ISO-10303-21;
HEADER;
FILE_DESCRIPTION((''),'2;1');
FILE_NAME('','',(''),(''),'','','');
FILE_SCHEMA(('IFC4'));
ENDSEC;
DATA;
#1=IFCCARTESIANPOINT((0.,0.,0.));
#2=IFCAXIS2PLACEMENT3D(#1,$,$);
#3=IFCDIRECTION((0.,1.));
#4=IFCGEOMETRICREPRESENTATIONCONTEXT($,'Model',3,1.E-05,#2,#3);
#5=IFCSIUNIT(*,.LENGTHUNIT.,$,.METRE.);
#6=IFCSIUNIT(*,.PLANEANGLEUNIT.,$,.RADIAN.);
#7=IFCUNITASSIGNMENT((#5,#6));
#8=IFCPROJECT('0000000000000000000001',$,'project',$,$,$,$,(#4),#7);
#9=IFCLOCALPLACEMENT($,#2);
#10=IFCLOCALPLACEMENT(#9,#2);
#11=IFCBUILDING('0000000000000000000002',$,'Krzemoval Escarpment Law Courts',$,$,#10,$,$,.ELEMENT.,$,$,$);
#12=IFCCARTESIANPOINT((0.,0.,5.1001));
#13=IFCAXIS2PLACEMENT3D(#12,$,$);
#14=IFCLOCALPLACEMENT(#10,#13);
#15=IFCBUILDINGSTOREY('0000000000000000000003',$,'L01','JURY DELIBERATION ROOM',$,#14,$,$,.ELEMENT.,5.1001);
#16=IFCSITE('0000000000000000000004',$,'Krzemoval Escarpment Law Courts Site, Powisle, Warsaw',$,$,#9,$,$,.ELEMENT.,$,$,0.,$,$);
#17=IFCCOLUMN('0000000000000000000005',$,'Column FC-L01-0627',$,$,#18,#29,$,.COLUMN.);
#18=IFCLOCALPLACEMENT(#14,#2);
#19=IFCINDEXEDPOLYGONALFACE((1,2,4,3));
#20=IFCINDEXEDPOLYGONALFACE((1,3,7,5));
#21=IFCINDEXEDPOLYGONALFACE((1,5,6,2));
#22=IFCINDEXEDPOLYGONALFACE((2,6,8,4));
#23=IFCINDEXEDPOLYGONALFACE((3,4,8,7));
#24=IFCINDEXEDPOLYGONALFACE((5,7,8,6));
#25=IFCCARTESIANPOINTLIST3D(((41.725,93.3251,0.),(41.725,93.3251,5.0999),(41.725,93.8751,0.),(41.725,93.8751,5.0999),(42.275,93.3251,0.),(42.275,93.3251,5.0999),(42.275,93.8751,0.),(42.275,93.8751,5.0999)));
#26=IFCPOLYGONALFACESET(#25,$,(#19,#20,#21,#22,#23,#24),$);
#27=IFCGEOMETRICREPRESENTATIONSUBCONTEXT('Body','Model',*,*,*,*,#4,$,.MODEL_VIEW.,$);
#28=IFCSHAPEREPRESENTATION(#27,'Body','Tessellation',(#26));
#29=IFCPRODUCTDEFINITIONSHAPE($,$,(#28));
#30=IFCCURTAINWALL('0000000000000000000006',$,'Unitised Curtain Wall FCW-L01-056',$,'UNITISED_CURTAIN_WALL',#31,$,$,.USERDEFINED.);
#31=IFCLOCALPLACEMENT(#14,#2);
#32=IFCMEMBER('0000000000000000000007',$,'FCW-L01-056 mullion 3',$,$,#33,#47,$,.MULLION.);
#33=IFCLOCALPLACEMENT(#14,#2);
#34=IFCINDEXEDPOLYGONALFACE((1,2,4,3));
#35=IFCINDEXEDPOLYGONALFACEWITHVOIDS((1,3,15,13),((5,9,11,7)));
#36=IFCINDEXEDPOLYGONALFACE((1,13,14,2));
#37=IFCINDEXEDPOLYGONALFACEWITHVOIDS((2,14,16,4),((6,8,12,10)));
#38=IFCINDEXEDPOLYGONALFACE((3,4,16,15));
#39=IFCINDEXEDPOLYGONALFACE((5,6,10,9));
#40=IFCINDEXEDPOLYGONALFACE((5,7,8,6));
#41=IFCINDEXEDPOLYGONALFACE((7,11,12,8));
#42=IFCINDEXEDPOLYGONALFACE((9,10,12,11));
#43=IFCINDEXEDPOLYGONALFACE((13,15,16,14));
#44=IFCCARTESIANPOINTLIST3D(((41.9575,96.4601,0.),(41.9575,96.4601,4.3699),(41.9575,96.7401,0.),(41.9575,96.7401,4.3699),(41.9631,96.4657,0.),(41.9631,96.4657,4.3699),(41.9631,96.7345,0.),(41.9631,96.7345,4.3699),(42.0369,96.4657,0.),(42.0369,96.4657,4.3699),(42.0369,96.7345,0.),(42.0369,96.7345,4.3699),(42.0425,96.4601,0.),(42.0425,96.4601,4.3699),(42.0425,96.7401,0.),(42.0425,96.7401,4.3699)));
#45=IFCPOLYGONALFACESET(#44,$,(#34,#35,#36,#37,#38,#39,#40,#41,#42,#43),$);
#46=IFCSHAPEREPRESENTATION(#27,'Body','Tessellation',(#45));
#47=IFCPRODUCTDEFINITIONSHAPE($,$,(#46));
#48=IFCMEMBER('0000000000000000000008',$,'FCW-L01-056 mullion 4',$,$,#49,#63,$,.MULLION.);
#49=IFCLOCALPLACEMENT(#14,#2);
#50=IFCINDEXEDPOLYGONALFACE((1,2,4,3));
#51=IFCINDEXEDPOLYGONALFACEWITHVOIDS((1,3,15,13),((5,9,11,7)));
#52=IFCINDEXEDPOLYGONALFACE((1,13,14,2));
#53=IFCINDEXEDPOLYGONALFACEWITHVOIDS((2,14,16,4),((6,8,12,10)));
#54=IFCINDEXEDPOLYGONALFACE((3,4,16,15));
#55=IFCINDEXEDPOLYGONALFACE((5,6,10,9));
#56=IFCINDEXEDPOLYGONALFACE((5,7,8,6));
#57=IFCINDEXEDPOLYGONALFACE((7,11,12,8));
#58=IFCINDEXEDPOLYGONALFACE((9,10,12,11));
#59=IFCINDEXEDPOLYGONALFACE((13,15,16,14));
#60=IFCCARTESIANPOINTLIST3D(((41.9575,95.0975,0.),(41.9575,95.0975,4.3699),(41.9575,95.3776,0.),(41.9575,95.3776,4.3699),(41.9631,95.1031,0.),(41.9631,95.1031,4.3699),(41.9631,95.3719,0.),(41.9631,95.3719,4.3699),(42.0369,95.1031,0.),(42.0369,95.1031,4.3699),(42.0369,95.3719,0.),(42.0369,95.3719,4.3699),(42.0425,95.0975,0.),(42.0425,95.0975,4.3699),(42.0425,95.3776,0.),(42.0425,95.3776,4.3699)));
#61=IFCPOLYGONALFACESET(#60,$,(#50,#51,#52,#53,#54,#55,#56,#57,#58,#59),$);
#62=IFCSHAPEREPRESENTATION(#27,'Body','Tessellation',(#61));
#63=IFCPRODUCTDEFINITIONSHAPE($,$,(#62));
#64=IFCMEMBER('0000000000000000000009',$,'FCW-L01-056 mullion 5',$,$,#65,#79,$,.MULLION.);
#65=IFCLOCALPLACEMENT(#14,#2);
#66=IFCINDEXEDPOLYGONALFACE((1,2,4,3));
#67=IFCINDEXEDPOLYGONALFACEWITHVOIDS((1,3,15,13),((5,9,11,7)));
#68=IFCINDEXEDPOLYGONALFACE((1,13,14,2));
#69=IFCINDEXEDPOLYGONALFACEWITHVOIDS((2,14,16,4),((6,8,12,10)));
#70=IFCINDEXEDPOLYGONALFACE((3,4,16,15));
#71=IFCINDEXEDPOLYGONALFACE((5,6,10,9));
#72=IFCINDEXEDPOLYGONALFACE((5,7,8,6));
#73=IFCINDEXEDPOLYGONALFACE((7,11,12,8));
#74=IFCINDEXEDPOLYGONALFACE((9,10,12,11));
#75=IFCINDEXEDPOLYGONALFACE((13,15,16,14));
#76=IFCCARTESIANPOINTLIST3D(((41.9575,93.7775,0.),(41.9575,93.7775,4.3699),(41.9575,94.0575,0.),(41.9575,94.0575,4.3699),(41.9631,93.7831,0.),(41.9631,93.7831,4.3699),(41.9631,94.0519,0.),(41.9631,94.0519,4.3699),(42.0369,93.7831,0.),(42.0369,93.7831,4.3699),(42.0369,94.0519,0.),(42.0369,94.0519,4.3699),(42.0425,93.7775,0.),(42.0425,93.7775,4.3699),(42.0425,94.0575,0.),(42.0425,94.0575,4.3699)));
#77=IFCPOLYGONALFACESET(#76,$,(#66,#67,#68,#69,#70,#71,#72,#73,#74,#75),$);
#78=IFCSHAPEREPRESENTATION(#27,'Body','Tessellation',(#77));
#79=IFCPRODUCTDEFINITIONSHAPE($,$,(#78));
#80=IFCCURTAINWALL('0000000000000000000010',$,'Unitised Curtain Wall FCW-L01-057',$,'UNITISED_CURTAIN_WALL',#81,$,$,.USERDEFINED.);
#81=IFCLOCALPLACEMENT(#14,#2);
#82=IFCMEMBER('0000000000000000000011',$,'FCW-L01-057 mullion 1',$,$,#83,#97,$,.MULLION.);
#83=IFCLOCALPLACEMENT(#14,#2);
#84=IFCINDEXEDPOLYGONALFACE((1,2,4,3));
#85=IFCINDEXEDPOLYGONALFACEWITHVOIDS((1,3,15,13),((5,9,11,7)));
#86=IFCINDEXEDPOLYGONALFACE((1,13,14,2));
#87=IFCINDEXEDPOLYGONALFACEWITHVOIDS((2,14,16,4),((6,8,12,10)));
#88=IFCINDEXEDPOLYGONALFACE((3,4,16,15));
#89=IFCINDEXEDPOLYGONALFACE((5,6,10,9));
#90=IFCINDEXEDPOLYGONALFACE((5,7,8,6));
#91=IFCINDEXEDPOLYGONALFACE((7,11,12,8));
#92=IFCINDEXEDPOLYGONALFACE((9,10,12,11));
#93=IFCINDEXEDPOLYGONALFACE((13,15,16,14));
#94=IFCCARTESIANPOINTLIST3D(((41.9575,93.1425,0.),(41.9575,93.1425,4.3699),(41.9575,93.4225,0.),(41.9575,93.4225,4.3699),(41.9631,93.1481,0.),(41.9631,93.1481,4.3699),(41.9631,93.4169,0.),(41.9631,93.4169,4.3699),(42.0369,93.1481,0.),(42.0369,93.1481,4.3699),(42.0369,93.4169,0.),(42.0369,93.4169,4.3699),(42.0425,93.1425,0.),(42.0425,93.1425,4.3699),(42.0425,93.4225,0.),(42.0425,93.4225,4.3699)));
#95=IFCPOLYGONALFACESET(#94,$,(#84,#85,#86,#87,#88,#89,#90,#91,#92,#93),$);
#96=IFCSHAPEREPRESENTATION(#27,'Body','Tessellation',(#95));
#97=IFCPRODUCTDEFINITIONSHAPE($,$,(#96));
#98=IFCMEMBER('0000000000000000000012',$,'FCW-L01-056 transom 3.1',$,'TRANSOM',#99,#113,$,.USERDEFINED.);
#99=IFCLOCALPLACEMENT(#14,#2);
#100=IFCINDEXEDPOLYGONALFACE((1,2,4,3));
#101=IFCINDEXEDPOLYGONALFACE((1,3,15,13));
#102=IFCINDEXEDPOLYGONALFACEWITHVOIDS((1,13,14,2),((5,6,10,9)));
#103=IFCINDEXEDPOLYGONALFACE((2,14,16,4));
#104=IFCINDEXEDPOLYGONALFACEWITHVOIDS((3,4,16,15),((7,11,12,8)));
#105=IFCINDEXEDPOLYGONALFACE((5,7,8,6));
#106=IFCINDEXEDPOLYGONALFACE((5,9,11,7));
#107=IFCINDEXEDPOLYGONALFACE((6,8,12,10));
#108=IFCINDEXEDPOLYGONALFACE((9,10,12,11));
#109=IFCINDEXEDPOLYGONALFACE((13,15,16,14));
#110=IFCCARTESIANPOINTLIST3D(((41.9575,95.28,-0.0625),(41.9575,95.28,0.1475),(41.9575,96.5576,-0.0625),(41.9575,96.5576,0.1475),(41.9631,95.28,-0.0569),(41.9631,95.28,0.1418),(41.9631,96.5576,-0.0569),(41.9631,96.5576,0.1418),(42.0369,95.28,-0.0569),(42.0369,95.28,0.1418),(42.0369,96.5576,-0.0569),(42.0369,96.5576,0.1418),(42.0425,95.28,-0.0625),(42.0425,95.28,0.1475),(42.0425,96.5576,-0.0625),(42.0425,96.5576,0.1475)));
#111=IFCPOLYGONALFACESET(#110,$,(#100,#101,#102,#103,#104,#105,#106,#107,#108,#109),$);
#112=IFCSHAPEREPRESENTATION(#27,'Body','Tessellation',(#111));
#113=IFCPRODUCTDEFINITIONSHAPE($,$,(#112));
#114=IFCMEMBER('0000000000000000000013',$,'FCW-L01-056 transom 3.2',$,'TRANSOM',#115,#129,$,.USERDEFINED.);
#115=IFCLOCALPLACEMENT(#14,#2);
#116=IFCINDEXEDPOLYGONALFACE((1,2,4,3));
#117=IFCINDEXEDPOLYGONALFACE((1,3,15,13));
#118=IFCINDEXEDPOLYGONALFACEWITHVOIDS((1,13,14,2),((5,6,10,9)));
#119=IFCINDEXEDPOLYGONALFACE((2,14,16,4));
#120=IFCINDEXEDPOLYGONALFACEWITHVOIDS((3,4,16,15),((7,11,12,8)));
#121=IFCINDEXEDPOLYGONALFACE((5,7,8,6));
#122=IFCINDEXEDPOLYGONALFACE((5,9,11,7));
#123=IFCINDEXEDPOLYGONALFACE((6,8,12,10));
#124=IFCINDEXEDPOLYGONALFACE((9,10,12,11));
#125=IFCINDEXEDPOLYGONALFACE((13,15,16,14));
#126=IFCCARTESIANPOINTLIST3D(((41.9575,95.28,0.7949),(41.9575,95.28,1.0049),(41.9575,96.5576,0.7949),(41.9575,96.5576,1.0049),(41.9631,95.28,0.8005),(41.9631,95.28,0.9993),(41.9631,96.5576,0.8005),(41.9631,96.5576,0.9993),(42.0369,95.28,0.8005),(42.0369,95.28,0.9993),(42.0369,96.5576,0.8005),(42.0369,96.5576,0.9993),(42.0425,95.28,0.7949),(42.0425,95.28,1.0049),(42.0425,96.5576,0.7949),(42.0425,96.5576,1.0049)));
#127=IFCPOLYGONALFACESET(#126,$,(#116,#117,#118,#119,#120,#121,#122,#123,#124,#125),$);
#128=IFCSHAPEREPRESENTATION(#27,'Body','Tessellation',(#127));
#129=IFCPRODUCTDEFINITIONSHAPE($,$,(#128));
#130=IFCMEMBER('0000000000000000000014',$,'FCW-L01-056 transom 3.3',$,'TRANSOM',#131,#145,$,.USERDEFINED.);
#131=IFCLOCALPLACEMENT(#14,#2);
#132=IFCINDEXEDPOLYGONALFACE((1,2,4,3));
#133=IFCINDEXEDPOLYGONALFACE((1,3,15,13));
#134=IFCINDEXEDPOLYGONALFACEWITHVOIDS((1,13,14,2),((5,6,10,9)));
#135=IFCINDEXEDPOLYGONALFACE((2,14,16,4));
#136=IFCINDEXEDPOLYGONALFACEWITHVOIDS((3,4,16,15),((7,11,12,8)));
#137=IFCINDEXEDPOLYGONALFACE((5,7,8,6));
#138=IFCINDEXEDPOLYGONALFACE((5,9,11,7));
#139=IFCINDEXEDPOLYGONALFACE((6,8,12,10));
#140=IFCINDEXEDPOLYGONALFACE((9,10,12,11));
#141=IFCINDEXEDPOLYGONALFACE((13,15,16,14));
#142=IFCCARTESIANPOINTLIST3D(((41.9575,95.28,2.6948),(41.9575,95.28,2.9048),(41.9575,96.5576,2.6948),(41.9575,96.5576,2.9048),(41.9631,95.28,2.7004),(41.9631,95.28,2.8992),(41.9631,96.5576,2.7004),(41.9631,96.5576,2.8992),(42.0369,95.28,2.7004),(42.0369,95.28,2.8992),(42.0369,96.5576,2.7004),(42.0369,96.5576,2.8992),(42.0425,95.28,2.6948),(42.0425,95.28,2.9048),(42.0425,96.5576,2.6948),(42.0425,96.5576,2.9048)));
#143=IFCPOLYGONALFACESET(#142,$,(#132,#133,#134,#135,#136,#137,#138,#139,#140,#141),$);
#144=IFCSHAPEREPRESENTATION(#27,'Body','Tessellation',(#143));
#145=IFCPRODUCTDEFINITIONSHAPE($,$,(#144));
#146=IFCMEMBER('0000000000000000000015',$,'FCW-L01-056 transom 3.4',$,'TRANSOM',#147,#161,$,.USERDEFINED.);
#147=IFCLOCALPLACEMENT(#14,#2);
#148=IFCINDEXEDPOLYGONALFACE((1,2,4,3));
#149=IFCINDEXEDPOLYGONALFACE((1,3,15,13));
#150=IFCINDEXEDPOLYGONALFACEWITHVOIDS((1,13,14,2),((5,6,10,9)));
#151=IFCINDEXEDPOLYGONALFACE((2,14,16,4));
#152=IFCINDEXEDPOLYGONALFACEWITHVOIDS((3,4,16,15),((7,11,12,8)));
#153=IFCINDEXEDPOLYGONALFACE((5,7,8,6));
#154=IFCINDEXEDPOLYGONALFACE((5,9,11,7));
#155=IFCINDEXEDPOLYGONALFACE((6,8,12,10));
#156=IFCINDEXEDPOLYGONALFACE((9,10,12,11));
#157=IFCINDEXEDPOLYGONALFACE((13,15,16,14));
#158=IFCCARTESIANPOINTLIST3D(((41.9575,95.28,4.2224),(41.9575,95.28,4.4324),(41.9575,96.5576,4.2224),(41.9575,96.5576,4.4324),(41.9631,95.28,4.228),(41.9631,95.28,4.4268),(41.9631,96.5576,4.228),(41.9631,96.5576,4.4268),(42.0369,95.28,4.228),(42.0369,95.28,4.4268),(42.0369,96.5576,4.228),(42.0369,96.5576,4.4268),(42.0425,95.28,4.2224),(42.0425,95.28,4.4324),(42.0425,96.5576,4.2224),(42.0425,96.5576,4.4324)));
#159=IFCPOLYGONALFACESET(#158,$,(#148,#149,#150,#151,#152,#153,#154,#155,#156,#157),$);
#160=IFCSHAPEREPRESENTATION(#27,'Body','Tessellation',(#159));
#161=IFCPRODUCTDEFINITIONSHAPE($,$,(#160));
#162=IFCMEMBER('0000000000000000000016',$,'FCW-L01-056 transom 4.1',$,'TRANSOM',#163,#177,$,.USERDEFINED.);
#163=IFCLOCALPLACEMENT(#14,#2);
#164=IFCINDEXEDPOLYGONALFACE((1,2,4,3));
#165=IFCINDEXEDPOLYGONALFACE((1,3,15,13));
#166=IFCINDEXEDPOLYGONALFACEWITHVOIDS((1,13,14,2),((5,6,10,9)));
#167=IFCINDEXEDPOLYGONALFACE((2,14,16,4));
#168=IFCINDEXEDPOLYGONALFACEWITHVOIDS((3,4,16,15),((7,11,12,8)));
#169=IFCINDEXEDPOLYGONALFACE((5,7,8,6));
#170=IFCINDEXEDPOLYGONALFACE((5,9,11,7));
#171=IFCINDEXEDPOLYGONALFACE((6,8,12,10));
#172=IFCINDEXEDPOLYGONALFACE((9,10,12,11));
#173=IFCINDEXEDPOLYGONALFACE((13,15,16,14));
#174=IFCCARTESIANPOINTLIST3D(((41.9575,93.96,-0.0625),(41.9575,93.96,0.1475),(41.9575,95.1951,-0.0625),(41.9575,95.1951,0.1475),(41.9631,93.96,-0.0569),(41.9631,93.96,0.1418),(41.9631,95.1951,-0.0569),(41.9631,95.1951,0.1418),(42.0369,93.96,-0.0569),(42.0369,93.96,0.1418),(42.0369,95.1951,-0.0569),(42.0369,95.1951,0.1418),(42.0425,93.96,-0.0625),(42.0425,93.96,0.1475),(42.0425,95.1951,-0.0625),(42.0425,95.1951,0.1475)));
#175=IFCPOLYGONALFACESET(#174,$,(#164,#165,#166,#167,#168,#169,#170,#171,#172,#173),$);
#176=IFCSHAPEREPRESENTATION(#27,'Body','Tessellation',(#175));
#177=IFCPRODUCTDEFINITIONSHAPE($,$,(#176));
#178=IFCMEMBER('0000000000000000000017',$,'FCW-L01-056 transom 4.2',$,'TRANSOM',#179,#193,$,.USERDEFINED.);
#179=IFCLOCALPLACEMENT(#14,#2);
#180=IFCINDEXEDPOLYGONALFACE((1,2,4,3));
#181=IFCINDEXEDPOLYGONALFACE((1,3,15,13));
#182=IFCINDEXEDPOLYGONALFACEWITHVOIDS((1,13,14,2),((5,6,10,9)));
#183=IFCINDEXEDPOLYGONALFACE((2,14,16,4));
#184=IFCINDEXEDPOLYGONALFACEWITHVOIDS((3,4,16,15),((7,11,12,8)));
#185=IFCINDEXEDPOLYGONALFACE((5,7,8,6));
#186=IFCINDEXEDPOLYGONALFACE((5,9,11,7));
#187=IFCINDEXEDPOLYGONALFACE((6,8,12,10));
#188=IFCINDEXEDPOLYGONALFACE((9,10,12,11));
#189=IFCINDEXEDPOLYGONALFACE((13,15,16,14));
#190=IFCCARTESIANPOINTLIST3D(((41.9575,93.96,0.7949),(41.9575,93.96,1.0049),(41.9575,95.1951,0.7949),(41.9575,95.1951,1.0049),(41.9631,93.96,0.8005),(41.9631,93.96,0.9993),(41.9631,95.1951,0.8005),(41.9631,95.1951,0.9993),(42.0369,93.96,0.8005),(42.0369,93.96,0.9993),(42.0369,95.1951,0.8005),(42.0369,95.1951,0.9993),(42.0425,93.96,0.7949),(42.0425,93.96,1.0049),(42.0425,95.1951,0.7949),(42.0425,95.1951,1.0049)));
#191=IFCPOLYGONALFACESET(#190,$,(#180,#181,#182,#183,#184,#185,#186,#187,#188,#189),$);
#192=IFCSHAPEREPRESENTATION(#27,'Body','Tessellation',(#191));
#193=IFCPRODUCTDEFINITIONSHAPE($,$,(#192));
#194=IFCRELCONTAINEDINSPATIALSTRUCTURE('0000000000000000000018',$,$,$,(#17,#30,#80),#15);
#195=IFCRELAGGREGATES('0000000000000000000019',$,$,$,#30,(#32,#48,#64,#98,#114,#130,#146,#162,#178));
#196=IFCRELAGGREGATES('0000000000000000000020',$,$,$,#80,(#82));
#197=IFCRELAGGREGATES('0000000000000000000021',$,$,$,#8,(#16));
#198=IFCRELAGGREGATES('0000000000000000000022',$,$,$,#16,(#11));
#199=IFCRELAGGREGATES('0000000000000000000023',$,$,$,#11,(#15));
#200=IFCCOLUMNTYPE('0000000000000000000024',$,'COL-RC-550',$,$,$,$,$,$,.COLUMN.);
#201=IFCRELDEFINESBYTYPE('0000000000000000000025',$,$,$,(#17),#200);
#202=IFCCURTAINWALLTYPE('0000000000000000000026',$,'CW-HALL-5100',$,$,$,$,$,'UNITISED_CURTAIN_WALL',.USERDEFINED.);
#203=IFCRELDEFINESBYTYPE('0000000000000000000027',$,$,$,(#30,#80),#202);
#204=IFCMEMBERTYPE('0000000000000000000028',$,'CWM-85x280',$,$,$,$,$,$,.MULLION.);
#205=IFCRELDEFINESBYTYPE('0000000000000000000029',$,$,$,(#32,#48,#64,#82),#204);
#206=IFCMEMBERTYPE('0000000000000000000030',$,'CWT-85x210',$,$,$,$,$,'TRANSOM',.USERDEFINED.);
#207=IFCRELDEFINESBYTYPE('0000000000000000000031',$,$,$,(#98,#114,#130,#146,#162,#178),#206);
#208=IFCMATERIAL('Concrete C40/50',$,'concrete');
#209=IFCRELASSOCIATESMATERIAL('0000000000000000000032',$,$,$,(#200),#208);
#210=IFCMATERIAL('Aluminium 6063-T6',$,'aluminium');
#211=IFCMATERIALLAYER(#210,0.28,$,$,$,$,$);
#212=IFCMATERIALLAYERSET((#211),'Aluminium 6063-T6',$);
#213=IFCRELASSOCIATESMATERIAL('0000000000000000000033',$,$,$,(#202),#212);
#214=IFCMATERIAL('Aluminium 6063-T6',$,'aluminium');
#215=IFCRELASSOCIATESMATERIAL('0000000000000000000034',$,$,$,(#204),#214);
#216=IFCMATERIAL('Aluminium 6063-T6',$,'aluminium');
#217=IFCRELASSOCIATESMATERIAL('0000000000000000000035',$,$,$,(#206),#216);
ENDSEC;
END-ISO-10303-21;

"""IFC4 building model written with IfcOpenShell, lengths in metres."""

from ifc_helpers import new_model, si_unit, direction, frame, origin, origin_2d, place, context, subcontext, project, spatial, rectangle, hollow_rectangle, extrude, material, layer, layer_set, material_profile, profile_set, type_object, element, aggregate, save


model = new_model("IFC4")

# Units and contexts
model_context = context("Model", 3, precision=1e-05, world=origin(), true_north=direction((0.0, 1.0)))
body_context = subcontext(model_context, "Body", "Model", "MODEL_VIEW")
ifc_project = project(units=[si_unit("LENGTHUNIT", "METRE"), si_unit("PLANEANGLEUNIT", "RADIAN")], contexts=[model_context])

# Site, building, storey
site_placement = place(None, origin())
site = spatial("IfcSite", under=ifc_project, at=site_placement, Name="Krzemoval Escarpment Law Courts Site, Powisle, Warsaw", CompositionType="ELEMENT", RefElevation=0.0)
building_placement = place(site_placement, origin())
building = spatial("IfcBuilding", under=site, at=building_placement, Name="Krzemoval Escarpment Law Courts", CompositionType="ELEMENT")
storey_placement = place(building_placement, frame((0.0, 0.0, 5.1001)))
storey = spatial("IfcBuildingStorey", under=building, at=storey_placement, Name="L01", Description="JURY DELIBERATION ROOM", CompositionType="ELEMENT", Elevation=5.1001)

# Column
ifc_material_1 = material(Name="Concrete C40/50", Category="concrete")
ifc_material_profile_1 = material_profile(ifc_material_1, rectangle(XDim=0.55, YDim=0.55, at=origin_2d()), Name="RC 550x550")
ifc_profile_set_1 = profile_set([ifc_material_profile_1], Name="Concrete C40/50")
column_type = type_object("IfcColumnType", Name="COL-RC-550", PredefinedType="COLUMN", material=ifc_profile_set_1)
column_placement = place(storey_placement, frame((42.0, 93.6001, 0.0), z_axis=(0.0, 0.0, 1.0), x_axis=(1.0, 0.0, 0.0)))
element("IfcColumn", 1, at=column_placement, inside=storey, type_object=column_type, Name="Column FC-L01-0627", PredefinedType="COLUMN", context=body_context, shape_type="SweptSolid", body=[
    extrude(rectangle(XDim=0.55, YDim=0.55, at=origin_2d()), origin(), (0.0, 0.0, 1.0), 5.0999),
])

# Curtain wall, members
ifc_material_2 = material(Name="Aluminium 6063-T6", Category="aluminium")
ifc_layer_1 = layer(ifc_material_2, 0.28)
ifc_layer_set_1 = layer_set([ifc_layer_1], Name="Aluminium 6063-T6")
curtain_wall_type = type_object("IfcCurtainWallType", Name="CW-HALL-5100", ElementType="UNITISED_CURTAIN_WALL", PredefinedType="USERDEFINED", material=ifc_layer_set_1)
curtain_wall_1_placement = place(storey_placement, origin())
curtain_wall_1 = element("IfcCurtainWall", 2, at=curtain_wall_1_placement, inside=storey, type_object=curtain_wall_type, Name="Unitised Curtain Wall FCW-L01-056", ObjectType="UNITISED_CURTAIN_WALL", PredefinedType="USERDEFINED")
ifc_material_3 = material(Name="Aluminium 6063-T6", Category="aluminium")
ifc_material_profile_2 = material_profile(ifc_material_3, hollow_rectangle(XDim=0.085, YDim=0.28, WallThickness=0.0056, at=origin_2d()), Name="ALU M85x280")
ifc_profile_set_2 = profile_set([ifc_material_profile_2], Name="Aluminium 6063-T6")
member_type_1 = type_object("IfcMemberType", Name="CWM-85x280", PredefinedType="MULLION", material=ifc_profile_set_2)
member_1_placement = place(storey_placement, frame((42.0, 96.6001, 0.0), z_axis=(0.0, 0.0, 1.0), x_axis=(1.0, 0.0, 0.0)))
member_1 = element("IfcMember", 3, at=member_1_placement, type_object=member_type_1, Name="FCW-L01-056 mullion 3", PredefinedType="MULLION", context=body_context, shape_type="SweptSolid", body=[
    extrude(hollow_rectangle(XDim=0.085, YDim=0.28, WallThickness=0.0056, at=origin_2d()), origin(), (0.0, 0.0, 1.0), 4.3699),
])
member_2_placement = place(storey_placement, frame((42.0, 95.2375, 0.0), z_axis=(0.0, 0.0, 1.0), x_axis=(1.0, 0.0, 0.0)))
member_2 = element("IfcMember", 4, at=member_2_placement, type_object=member_type_1, Name="FCW-L01-056 mullion 4", PredefinedType="MULLION", context=body_context, shape_type="SweptSolid", body=[
    extrude(hollow_rectangle(XDim=0.085, YDim=0.28, WallThickness=0.0056, at=origin_2d()), origin(), (0.0, 0.0, 1.0), 4.3699),
])
member_3_placement = place(storey_placement, frame((42.0, 93.9175, 0.0), z_axis=(0.0, 0.0, 1.0), x_axis=(1.0, 0.0, 0.0)))
member_3 = element("IfcMember", 5, at=member_3_placement, type_object=member_type_1, Name="FCW-L01-056 mullion 5", PredefinedType="MULLION", context=body_context, shape_type="SweptSolid", body=[
    extrude(hollow_rectangle(XDim=0.085, YDim=0.28, WallThickness=0.0056, at=origin_2d()), origin(), (0.0, 0.0, 1.0), 4.3699),
])

# Curtain wall, member
curtain_wall_2_placement = place(storey_placement, origin())
curtain_wall_2 = element("IfcCurtainWall", 6, at=curtain_wall_2_placement, inside=storey, type_object=curtain_wall_type, Name="Unitised Curtain Wall FCW-L01-057", ObjectType="UNITISED_CURTAIN_WALL", PredefinedType="USERDEFINED")
member_4_placement = place(storey_placement, frame((42.0, 93.2825, 0.0), z_axis=(0.0, 0.0, 1.0), x_axis=(1.0, 0.0, 0.0)))
member_4 = element("IfcMember", 7, at=member_4_placement, type_object=member_type_1, Name="FCW-L01-057 mullion 1", PredefinedType="MULLION", context=body_context, shape_type="SweptSolid", body=[
    extrude(hollow_rectangle(XDim=0.085, YDim=0.28, WallThickness=0.0056, at=origin_2d()), origin(), (0.0, 0.0, 1.0), 4.3699),
])

# Members
ifc_material_4 = material(Name="Aluminium 6063-T6", Category="aluminium")
ifc_material_profile_3 = material_profile(ifc_material_4, hollow_rectangle(XDim=0.085, YDim=0.21, WallThickness=0.0056, at=origin_2d()), Name="ALU T85x210")
ifc_profile_set_3 = profile_set([ifc_material_profile_3], Name="Aluminium 6063-T6")
member_type_2 = type_object("IfcMemberType", Name="CWT-85x210", ElementType="TRANSOM", PredefinedType="USERDEFINED", material=ifc_profile_set_3)
member_5_placement = place(storey_placement, frame((42.0, 96.5576, 0.0425), z_axis=(0.0, -1.0, 0.0), x_axis=(1.0, 0.0, 0.0)))
member_5 = element("IfcMember", 8, at=member_5_placement, type_object=member_type_2, Name="FCW-L01-056 transom 3.1", ObjectType="TRANSOM", PredefinedType="USERDEFINED", context=body_context, shape_type="SweptSolid", body=[
    extrude(hollow_rectangle(XDim=0.085, YDim=0.21, WallThickness=0.0056, at=origin_2d()), origin(), (0.0, 0.0, 1.0), 1.2776),
])
member_6_placement = place(storey_placement, frame((42.0, 96.5576, 0.8999), z_axis=(0.0, -1.0, 0.0), x_axis=(1.0, 0.0, 0.0)))
member_6 = element("IfcMember", 9, at=member_6_placement, type_object=member_type_2, Name="FCW-L01-056 transom 3.2", ObjectType="TRANSOM", PredefinedType="USERDEFINED", context=body_context, shape_type="SweptSolid", body=[
    extrude(hollow_rectangle(XDim=0.085, YDim=0.21, WallThickness=0.0056, at=origin_2d()), origin(), (0.0, 0.0, 1.0), 1.2776),
])
member_7_placement = place(storey_placement, frame((42.0, 96.5576, 2.7998), z_axis=(0.0, -1.0, 0.0), x_axis=(1.0, 0.0, 0.0)))
member_7 = element("IfcMember", 10, at=member_7_placement, type_object=member_type_2, Name="FCW-L01-056 transom 3.3", ObjectType="TRANSOM", PredefinedType="USERDEFINED", context=body_context, shape_type="SweptSolid", body=[
    extrude(hollow_rectangle(XDim=0.085, YDim=0.21, WallThickness=0.0056, at=origin_2d()), origin(), (0.0, 0.0, 1.0), 1.2776),
])
member_8_placement = place(storey_placement, frame((42.0, 96.5576, 4.3274), z_axis=(0.0, -1.0, 0.0), x_axis=(1.0, 0.0, 0.0)))
member_8 = element("IfcMember", 11, at=member_8_placement, type_object=member_type_2, Name="FCW-L01-056 transom 3.4", ObjectType="TRANSOM", PredefinedType="USERDEFINED", context=body_context, shape_type="SweptSolid", body=[
    extrude(hollow_rectangle(XDim=0.085, YDim=0.21, WallThickness=0.0056, at=origin_2d()), origin(), (0.0, 0.0, 1.0), 1.2776),
])
member_9_placement = place(storey_placement, frame((42.0, 95.1951, 0.0425), z_axis=(0.0, -1.0, 0.0), x_axis=(1.0, 0.0, 0.0)))
member_9 = element("IfcMember", 12, at=member_9_placement, type_object=member_type_2, Name="FCW-L01-056 transom 4.1", ObjectType="TRANSOM", PredefinedType="USERDEFINED", context=body_context, shape_type="SweptSolid", body=[
    extrude(hollow_rectangle(XDim=0.085, YDim=0.21, WallThickness=0.0056, at=origin_2d()), origin(), (0.0, 0.0, 1.0), 1.2351),
])
member_10_placement = place(storey_placement, frame((42.0, 95.1951, 0.8999), z_axis=(0.0, -1.0, 0.0), x_axis=(1.0, 0.0, 0.0)))
member_10 = element("IfcMember", 13, at=member_10_placement, type_object=member_type_2, Name="FCW-L01-056 transom 4.2", ObjectType="TRANSOM", PredefinedType="USERDEFINED", context=body_context, shape_type="SweptSolid", body=[
    extrude(hollow_rectangle(XDim=0.085, YDim=0.21, WallThickness=0.0056, at=origin_2d()), origin(), (0.0, 0.0, 1.0), 1.2351),
])

aggregate(curtain_wall_1, [member_1, member_2, member_3, member_5, member_6, member_7, member_8, member_9, member_10])
aggregate(curtain_wall_2, [member_4])

save(model, "model.ifc")
